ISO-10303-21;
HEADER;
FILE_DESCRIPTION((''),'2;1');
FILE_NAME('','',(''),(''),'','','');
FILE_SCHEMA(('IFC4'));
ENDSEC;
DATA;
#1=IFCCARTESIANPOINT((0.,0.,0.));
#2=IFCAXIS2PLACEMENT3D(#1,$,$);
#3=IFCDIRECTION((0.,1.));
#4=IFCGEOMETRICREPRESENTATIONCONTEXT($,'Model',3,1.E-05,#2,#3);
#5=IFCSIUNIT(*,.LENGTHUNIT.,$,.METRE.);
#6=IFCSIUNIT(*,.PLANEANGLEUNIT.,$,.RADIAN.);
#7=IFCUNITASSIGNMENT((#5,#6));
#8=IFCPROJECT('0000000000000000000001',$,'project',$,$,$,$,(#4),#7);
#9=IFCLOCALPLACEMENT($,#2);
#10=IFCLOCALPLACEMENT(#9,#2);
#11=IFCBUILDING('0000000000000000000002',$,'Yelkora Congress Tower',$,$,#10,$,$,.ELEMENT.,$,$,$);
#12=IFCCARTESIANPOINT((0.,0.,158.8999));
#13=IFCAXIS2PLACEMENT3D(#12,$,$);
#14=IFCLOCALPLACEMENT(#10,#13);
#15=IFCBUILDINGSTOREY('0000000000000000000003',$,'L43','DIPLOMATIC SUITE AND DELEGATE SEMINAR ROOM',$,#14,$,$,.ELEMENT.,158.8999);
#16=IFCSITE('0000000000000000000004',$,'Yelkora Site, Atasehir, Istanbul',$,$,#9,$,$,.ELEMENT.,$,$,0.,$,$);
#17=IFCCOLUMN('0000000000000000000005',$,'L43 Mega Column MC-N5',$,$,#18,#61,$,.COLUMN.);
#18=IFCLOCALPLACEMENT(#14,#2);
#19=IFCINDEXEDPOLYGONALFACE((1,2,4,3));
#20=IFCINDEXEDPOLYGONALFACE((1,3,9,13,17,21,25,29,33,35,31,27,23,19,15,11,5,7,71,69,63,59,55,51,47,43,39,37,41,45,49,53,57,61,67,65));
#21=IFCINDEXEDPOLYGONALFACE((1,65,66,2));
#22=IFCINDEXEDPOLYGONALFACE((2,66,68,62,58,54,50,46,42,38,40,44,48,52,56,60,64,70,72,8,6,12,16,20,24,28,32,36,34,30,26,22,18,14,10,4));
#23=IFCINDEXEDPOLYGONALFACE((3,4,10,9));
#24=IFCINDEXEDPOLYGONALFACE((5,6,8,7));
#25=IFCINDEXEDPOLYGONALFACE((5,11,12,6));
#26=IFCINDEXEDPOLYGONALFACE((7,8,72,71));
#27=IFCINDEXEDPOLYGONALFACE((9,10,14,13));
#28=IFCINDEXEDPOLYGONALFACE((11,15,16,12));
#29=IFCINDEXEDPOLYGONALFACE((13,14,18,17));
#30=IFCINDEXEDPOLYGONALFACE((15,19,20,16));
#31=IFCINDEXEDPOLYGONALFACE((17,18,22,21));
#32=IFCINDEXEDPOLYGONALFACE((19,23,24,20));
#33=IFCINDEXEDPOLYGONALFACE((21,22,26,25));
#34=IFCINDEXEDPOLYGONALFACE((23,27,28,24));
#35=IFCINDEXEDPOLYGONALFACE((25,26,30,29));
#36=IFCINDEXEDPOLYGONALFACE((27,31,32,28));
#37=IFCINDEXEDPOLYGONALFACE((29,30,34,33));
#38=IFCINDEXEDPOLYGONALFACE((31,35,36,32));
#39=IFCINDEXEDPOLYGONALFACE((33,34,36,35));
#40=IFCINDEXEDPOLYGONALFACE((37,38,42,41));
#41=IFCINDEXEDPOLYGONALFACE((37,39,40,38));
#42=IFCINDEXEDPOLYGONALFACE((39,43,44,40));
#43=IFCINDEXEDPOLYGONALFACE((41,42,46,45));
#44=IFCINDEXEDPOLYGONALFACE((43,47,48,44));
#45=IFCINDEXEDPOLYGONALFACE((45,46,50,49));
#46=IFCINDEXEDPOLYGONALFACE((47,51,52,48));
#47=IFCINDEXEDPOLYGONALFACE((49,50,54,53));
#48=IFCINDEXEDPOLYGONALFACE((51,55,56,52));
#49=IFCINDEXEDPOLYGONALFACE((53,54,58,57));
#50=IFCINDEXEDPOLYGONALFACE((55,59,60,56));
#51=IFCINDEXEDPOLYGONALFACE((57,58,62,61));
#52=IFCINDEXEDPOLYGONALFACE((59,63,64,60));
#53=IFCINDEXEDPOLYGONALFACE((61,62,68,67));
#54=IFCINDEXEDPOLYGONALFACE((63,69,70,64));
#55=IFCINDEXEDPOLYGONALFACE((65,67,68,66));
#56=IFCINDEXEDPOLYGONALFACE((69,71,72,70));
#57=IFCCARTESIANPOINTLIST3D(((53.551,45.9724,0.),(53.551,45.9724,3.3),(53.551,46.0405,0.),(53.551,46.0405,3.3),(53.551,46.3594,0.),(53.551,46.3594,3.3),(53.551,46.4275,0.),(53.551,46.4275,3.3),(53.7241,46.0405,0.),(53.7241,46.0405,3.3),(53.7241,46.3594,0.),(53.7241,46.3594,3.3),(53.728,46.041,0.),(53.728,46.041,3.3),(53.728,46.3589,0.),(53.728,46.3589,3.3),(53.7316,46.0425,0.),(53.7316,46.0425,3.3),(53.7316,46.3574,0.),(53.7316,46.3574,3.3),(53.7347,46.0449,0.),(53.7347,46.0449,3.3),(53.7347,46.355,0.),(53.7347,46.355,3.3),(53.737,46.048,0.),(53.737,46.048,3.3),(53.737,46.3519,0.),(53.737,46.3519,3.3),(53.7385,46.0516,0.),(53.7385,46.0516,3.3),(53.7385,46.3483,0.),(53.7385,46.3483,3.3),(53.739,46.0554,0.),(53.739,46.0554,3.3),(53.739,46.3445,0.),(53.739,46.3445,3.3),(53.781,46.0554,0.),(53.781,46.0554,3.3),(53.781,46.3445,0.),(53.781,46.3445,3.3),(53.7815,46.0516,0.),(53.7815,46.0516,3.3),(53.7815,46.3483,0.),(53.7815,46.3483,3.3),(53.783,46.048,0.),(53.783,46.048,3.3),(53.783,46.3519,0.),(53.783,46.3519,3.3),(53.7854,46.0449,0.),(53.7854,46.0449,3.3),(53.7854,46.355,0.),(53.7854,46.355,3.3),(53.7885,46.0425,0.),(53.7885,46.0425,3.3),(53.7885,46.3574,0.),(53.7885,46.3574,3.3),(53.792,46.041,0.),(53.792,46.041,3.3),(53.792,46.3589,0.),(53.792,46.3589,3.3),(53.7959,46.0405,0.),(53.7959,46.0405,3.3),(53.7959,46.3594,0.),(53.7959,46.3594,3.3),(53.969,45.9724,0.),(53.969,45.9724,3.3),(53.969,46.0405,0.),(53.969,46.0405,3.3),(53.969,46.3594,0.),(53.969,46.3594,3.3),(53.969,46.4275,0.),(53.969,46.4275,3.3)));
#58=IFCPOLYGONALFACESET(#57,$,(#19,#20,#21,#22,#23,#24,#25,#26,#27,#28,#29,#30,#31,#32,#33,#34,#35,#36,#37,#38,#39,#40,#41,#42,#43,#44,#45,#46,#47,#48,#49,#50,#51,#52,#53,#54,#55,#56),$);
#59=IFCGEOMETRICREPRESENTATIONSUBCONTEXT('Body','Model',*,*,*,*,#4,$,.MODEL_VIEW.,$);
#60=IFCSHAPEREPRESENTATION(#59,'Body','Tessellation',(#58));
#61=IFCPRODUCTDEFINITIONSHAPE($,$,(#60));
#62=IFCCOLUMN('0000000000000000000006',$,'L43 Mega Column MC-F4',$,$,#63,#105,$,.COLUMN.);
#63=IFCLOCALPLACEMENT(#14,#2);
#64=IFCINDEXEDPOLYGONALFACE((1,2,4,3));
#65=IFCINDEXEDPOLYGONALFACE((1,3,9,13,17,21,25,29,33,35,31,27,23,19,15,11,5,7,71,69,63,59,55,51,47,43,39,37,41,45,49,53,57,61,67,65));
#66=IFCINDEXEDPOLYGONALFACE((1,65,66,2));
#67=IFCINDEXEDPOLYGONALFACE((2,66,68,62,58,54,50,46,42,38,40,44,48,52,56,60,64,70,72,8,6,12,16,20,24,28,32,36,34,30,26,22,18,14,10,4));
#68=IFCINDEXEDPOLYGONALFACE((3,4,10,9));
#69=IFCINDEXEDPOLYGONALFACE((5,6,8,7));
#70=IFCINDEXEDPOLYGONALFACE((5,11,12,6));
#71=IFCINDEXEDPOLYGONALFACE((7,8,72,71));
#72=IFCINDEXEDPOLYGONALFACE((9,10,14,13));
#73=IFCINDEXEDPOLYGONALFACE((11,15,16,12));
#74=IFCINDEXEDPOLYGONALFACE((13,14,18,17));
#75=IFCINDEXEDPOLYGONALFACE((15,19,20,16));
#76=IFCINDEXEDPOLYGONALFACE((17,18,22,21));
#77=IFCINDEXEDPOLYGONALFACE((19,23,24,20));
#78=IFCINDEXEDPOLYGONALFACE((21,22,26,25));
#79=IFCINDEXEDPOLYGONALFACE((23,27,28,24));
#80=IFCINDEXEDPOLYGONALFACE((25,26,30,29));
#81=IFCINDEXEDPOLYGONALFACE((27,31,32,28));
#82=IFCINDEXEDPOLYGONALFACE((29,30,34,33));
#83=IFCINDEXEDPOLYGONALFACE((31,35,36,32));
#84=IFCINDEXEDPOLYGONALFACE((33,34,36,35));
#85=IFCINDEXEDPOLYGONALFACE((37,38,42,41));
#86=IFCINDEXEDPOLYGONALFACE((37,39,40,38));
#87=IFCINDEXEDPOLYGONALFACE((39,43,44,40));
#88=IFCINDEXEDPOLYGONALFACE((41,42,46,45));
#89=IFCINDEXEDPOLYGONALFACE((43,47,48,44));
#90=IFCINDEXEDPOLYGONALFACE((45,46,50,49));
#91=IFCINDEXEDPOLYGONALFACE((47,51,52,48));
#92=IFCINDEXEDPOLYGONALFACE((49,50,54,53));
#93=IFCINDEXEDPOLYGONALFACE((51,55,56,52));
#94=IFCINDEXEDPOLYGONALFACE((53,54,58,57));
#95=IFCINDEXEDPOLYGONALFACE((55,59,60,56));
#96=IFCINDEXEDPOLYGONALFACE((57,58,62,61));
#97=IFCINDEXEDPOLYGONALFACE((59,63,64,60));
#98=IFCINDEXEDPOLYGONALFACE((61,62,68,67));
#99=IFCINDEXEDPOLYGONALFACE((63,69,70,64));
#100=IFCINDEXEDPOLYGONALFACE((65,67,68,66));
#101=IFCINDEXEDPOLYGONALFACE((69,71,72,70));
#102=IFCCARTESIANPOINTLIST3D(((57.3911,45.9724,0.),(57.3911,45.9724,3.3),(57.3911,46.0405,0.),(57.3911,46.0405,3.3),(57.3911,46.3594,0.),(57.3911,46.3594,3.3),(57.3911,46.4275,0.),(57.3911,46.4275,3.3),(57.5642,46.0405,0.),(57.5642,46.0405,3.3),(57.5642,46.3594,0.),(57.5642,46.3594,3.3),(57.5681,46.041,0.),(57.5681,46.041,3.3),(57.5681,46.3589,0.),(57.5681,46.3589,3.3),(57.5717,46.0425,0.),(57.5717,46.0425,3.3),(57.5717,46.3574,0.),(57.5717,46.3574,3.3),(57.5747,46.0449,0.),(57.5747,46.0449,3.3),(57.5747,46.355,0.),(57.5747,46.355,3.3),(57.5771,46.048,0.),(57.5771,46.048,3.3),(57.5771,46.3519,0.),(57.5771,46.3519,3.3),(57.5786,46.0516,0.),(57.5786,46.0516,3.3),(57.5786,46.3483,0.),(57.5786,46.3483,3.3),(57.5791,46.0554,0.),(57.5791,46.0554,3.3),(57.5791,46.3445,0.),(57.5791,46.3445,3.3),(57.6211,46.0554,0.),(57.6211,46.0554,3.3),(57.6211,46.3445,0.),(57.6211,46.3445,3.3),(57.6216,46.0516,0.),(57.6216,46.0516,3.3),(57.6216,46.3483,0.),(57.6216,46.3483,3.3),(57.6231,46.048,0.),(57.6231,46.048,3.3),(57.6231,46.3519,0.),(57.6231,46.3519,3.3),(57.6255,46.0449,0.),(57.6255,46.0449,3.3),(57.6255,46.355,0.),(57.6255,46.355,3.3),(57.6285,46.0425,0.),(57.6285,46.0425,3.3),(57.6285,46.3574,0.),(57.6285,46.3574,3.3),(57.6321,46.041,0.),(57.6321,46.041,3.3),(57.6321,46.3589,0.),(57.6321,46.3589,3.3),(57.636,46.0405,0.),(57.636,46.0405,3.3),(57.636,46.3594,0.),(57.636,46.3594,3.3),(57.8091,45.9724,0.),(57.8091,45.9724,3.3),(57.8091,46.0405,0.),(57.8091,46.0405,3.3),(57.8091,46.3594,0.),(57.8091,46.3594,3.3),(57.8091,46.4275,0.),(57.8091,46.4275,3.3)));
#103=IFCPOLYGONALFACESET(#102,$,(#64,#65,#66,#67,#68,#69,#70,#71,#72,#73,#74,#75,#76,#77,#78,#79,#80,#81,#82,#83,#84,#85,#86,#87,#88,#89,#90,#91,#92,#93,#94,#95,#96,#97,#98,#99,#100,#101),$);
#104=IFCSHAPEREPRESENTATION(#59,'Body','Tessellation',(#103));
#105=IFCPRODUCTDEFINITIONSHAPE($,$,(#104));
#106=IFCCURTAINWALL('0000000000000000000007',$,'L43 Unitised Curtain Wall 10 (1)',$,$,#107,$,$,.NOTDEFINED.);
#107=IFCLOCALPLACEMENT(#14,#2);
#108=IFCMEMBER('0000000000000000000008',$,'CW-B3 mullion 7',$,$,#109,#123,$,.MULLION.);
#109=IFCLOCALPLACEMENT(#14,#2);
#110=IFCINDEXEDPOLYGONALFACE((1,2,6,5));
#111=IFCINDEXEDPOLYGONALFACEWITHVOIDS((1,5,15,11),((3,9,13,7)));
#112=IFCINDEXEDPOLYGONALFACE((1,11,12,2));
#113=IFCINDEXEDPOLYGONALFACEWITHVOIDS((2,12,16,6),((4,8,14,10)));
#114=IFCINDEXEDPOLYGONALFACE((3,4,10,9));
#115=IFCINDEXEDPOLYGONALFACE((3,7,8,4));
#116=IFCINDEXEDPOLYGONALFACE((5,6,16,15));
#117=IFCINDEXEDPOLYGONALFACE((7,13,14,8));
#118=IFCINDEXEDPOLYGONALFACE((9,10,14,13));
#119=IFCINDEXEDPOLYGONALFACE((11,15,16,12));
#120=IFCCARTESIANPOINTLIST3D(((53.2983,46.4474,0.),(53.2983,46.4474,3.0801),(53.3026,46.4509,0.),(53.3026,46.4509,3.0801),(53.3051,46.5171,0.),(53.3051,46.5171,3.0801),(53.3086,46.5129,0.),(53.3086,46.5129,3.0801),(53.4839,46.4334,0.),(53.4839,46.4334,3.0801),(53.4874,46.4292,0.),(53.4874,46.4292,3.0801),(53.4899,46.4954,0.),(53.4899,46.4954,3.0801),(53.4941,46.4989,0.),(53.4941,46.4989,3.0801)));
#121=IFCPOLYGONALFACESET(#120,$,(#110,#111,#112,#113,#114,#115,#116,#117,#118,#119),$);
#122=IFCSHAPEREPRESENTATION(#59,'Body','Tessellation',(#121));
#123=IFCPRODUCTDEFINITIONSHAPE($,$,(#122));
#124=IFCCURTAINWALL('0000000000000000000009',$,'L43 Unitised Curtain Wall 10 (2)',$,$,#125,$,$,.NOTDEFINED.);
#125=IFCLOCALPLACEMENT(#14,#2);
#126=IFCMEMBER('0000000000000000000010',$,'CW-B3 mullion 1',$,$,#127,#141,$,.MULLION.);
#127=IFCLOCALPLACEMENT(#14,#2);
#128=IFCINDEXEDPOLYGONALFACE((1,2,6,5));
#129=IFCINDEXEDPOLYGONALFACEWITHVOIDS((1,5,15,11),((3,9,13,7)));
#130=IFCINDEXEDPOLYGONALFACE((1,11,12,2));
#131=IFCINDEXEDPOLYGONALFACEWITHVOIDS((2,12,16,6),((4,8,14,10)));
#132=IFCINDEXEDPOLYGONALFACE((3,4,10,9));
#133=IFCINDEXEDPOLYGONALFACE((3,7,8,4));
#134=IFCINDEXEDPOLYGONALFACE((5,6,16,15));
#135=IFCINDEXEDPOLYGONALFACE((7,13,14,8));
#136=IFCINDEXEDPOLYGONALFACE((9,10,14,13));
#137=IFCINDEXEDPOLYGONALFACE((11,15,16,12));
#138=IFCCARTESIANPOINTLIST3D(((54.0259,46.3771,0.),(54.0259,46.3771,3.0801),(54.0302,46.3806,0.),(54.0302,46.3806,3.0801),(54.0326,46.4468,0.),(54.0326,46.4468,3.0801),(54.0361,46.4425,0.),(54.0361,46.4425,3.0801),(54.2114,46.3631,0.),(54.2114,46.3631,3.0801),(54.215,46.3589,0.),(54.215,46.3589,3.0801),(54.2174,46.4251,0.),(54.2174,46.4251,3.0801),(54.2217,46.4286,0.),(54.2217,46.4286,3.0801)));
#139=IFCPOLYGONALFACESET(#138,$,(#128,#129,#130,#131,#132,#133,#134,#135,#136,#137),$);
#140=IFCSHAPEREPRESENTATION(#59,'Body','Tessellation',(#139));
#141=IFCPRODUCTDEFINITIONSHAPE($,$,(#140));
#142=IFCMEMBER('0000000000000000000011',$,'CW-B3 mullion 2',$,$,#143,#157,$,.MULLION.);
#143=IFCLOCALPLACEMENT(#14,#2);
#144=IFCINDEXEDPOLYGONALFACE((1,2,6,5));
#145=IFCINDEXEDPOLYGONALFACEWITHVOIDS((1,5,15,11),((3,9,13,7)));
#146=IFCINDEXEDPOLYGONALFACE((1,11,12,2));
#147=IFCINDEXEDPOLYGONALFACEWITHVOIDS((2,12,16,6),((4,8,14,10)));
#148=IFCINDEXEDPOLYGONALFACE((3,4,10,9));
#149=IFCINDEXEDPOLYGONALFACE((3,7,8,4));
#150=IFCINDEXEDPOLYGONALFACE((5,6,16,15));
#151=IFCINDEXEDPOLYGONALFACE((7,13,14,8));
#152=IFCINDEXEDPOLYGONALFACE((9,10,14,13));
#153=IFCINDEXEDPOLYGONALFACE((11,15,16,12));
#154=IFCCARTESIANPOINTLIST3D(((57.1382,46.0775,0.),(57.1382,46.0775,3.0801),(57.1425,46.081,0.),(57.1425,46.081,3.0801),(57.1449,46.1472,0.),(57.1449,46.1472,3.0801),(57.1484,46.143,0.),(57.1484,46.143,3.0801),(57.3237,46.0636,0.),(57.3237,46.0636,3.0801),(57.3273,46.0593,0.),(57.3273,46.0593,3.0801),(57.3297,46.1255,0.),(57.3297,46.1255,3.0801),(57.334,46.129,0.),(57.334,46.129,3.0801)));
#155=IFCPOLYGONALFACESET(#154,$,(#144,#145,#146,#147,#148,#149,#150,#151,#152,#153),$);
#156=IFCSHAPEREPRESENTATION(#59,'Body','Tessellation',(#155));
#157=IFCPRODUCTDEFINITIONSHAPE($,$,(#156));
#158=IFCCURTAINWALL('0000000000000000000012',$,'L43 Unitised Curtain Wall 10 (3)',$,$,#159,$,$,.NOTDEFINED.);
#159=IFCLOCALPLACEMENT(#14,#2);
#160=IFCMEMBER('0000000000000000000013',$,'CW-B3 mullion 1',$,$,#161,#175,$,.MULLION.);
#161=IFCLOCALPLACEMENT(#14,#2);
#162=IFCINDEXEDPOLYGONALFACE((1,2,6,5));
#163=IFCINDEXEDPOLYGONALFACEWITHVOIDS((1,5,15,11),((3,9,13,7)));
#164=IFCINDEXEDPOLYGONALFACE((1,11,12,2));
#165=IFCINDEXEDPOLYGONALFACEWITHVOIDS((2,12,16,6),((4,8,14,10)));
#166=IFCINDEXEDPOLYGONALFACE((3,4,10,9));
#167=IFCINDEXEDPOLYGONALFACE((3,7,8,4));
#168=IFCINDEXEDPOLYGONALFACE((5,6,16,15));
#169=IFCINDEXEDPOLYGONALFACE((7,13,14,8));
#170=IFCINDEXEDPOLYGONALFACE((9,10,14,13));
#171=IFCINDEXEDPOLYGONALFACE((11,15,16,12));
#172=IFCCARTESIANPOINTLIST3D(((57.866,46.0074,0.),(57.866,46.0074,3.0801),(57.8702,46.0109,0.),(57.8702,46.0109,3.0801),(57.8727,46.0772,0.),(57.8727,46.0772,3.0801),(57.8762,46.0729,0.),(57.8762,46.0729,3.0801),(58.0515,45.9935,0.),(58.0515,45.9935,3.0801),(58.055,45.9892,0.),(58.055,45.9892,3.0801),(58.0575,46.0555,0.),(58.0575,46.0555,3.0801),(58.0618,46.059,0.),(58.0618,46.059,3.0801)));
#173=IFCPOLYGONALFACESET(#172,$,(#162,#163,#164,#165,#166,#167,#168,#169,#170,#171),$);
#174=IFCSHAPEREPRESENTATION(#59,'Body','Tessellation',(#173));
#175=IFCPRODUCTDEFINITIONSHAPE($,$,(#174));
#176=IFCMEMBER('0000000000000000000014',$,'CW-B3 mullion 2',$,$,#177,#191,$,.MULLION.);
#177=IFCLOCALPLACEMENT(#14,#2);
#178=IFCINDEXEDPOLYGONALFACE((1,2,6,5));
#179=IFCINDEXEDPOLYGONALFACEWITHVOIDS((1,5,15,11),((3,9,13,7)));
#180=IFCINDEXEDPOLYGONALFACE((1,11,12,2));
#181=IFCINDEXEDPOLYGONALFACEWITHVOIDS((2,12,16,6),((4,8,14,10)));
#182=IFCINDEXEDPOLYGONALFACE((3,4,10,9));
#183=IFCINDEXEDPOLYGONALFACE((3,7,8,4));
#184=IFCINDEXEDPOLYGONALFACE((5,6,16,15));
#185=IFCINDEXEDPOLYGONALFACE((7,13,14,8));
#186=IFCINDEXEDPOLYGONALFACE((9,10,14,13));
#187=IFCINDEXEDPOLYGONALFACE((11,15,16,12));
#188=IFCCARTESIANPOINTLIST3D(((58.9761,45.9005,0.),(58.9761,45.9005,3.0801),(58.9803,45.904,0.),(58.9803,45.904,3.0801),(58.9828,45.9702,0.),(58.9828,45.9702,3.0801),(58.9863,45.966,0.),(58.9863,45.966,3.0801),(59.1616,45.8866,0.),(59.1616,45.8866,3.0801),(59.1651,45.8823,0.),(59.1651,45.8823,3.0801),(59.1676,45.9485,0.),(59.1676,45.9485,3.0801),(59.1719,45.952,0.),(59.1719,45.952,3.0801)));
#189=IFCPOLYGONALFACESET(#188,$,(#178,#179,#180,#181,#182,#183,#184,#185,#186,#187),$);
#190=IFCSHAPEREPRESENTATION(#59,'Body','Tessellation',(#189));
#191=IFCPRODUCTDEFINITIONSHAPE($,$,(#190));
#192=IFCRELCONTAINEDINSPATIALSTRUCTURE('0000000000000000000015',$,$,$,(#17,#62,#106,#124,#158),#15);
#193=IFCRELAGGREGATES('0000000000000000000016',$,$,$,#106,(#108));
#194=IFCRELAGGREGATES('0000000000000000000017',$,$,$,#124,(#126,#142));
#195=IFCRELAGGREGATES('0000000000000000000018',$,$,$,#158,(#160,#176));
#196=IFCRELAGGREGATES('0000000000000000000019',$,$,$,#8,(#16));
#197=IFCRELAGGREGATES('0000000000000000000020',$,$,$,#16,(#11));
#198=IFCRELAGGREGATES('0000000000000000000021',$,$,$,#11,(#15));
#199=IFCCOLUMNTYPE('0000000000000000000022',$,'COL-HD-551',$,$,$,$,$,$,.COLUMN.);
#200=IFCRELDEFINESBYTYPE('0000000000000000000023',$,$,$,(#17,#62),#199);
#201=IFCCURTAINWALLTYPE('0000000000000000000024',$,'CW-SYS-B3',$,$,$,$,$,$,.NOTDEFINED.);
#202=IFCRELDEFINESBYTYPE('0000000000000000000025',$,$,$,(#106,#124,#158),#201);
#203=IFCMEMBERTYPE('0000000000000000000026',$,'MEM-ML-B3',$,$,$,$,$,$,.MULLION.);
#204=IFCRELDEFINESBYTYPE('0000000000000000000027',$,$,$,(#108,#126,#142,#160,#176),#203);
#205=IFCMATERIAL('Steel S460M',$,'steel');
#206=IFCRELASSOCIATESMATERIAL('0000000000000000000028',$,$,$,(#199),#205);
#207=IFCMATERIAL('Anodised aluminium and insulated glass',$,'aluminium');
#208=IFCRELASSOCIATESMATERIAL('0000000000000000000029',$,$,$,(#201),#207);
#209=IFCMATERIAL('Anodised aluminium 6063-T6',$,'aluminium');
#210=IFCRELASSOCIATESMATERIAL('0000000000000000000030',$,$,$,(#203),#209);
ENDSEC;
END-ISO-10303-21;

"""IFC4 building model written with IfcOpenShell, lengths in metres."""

from ifc_helpers import new_model, si_unit, direction, frame, origin, origin_2d, place, context, subcontext, project, spatial, hollow_rectangle, i_section, extrude, material, material_profile, profile_set, type_object, element, aggregate, save


model = new_model("IFC4")

# Units and contexts
model_context = context("Model", 3, precision=1e-05, world=origin(), true_north=direction((0.0, 1.0)))
body_context = subcontext(model_context, "Body", "Model", "MODEL_VIEW")
ifc_project = project(units=[si_unit("LENGTHUNIT", "METRE"), si_unit("PLANEANGLEUNIT", "RADIAN")], contexts=[model_context])

# Site, building, storey
site_placement = place(None, origin())
site = spatial("IfcSite", under=ifc_project, at=site_placement, Name="Yelkora Site, Atasehir, Istanbul", CompositionType="ELEMENT", RefElevation=0.0)
building_placement = place(site_placement, origin())
building = spatial("IfcBuilding", under=site, at=building_placement, Name="Yelkora Congress Tower", CompositionType="ELEMENT")
storey_placement = place(building_placement, frame((0.0, 0.0, 158.8999)))
storey = spatial("IfcBuildingStorey", under=building, at=storey_placement, Name="L43", Description="DIPLOMATIC SUITE AND DELEGATE SEMINAR ROOM", CompositionType="ELEMENT", Elevation=158.8999)

# Columns
ifc_material_1 = material(Name="Steel S460M", Category="steel")
ifc_material_profile_1 = material_profile(ifc_material_1, i_section(OverallWidth=0.418, OverallDepth=0.4551, WebThickness=0.042, FlangeThickness=0.0681, FilletRadius=0.0149, at=origin_2d()), Name="HD 400x551")
ifc_profile_set_1 = profile_set([ifc_material_profile_1], Name="Steel S460M")
column_type = type_object("IfcColumnType", Name="COL-HD-551", PredefinedType="COLUMN", material=ifc_profile_set_1)
for number, where, z_axis, x_axis, name in (
    (1, (53.76, 46.2, 0.0), (0.0, 0.0, 1.0), (1.0, 0.0, 0.0), "L43 Mega Column MC-N5"),
    (2, (57.6001, 46.2, 0.0), (0.0, 0.0, 1.0), (1.0, 0.0, 0.0), "L43 Mega Column MC-F4"),
):
    element("IfcColumn", number, at=place(storey_placement, frame(where, z_axis=z_axis, x_axis=x_axis)), inside=storey, type_object=column_type, Name=name, PredefinedType="COLUMN", context=body_context, shape_type="SweptSolid", body=[
        extrude(i_section(OverallWidth=0.418, OverallDepth=0.4551, WebThickness=0.042, FlangeThickness=0.0681, FilletRadius=0.0149, at=origin_2d()), origin(), (0.0, 0.0, 1.0), 3.3),
    ])

# Curtain wall, member
ifc_material_2 = material(Name="Anodised aluminium and insulated glass", Category="aluminium")
curtain_wall_type = type_object("IfcCurtainWallType", Name="CW-SYS-B3", PredefinedType="NOTDEFINED", material=ifc_material_2)
curtain_wall_1_placement = place(storey_placement, origin())
curtain_wall_1 = element("IfcCurtainWall", 3, at=curtain_wall_1_placement, inside=storey, type_object=curtain_wall_type, Name="L43 Unitised Curtain Wall 10 (1)", PredefinedType="NOTDEFINED")
ifc_material_3 = material(Name="Anodised aluminium 6063-T6", Category="aluminium")
ifc_material_profile_2 = material_profile(ifc_material_3, hollow_rectangle(XDim=0.0701, YDim=0.1899, WallThickness=0.0039, at=origin_2d()), Name="ALU 70x190x4")
ifc_profile_set_2 = profile_set([ifc_material_profile_2], Name="Anodised aluminium 6063-T6")
member_type_1 = type_object("IfcMemberType", Name="MEM-ML-B3", PredefinedType="MULLION", material=ifc_profile_set_2)
member_1_placement = place(storey_placement, frame((53.3962, 46.4731, 0.0), z_axis=(0.0, 0.0, 1.0), x_axis=(0.095845, 0.995396, 0.0)))
member_1 = element("IfcMember", 4, at=member_1_placement, type_object=member_type_1, Name="CW-B3 mullion 7", PredefinedType="MULLION", context=body_context, shape_type="SweptSolid", body=[
    extrude(hollow_rectangle(XDim=0.0701, YDim=0.1899, WallThickness=0.0039, at=origin_2d()), origin(), (0.0, 0.0, 1.0), 3.0801),
])
aggregate(curtain_wall_1, [member_1])

# Curtain walls, members
curtain_wall_2_placement = place(storey_placement, origin())
curtain_wall_2 = element("IfcCurtainWall", 5, at=curtain_wall_2_placement, inside=storey, type_object=curtain_wall_type, Name="L43 Unitised Curtain Wall 10 (2)", PredefinedType="NOTDEFINED")
member_2_placement = place(storey_placement, frame((54.1238, 46.4028, 0.0), z_axis=(0.0, 0.0, 1.0), x_axis=(0.095848, 0.995396, 0.0)))
member_2 = element("IfcMember", 6, at=member_2_placement, type_object=member_type_1, Name="CW-B3 mullion 1", PredefinedType="MULLION", context=body_context, shape_type="SweptSolid", body=[
    extrude(hollow_rectangle(XDim=0.0701, YDim=0.1899, WallThickness=0.0039, at=origin_2d()), origin(), (0.0, 0.0, 1.0), 3.0801),
])
member_3_placement = place(storey_placement, frame((57.2361, 46.1033, 0.0), z_axis=(0.0, 0.0, 1.0), x_axis=(0.095848, 0.995396, 0.0)))
member_3 = element("IfcMember", 7, at=member_3_placement, type_object=member_type_1, Name="CW-B3 mullion 2", PredefinedType="MULLION", context=body_context, shape_type="SweptSolid", body=[
    extrude(hollow_rectangle(XDim=0.0701, YDim=0.1899, WallThickness=0.0039, at=origin_2d()), origin(), (0.0, 0.0, 1.0), 3.0801),
])
curtain_wall_3_placement = place(storey_placement, origin())
curtain_wall_3 = element("IfcCurtainWall", 8, at=curtain_wall_3_placement, inside=storey, type_object=curtain_wall_type, Name="L43 Unitised Curtain Wall 10 (3)", PredefinedType="NOTDEFINED")
member_4_placement = place(storey_placement, frame((57.9639, 46.0332, 0.0), z_axis=(0.0, 0.0, 1.0), x_axis=(0.095852, 0.995396, 0.0)))
member_4 = element("IfcMember", 9, at=member_4_placement, type_object=member_type_1, Name="CW-B3 mullion 1", PredefinedType="MULLION", context=body_context, shape_type="SweptSolid", body=[
    extrude(hollow_rectangle(XDim=0.0701, YDim=0.1899, WallThickness=0.0039, at=origin_2d()), origin(), (0.0, 0.0, 1.0), 3.0801),
])
member_5_placement = place(storey_placement, frame((59.074, 45.9263, 0.0), z_axis=(0.0, 0.0, 1.0), x_axis=(0.095852, 0.995396, 0.0)))
member_5 = element("IfcMember", 10, at=member_5_placement, type_object=member_type_1, Name="CW-B3 mullion 2", PredefinedType="MULLION", context=body_context, shape_type="SweptSolid", body=[
    extrude(hollow_rectangle(XDim=0.0701, YDim=0.1899, WallThickness=0.0039, at=origin_2d()), origin(), (0.0, 0.0, 1.0), 3.0801),
])

aggregate(curtain_wall_2, [member_2, member_3])
aggregate(curtain_wall_3, [member_4, member_5])

save(model, "model.ifc")
